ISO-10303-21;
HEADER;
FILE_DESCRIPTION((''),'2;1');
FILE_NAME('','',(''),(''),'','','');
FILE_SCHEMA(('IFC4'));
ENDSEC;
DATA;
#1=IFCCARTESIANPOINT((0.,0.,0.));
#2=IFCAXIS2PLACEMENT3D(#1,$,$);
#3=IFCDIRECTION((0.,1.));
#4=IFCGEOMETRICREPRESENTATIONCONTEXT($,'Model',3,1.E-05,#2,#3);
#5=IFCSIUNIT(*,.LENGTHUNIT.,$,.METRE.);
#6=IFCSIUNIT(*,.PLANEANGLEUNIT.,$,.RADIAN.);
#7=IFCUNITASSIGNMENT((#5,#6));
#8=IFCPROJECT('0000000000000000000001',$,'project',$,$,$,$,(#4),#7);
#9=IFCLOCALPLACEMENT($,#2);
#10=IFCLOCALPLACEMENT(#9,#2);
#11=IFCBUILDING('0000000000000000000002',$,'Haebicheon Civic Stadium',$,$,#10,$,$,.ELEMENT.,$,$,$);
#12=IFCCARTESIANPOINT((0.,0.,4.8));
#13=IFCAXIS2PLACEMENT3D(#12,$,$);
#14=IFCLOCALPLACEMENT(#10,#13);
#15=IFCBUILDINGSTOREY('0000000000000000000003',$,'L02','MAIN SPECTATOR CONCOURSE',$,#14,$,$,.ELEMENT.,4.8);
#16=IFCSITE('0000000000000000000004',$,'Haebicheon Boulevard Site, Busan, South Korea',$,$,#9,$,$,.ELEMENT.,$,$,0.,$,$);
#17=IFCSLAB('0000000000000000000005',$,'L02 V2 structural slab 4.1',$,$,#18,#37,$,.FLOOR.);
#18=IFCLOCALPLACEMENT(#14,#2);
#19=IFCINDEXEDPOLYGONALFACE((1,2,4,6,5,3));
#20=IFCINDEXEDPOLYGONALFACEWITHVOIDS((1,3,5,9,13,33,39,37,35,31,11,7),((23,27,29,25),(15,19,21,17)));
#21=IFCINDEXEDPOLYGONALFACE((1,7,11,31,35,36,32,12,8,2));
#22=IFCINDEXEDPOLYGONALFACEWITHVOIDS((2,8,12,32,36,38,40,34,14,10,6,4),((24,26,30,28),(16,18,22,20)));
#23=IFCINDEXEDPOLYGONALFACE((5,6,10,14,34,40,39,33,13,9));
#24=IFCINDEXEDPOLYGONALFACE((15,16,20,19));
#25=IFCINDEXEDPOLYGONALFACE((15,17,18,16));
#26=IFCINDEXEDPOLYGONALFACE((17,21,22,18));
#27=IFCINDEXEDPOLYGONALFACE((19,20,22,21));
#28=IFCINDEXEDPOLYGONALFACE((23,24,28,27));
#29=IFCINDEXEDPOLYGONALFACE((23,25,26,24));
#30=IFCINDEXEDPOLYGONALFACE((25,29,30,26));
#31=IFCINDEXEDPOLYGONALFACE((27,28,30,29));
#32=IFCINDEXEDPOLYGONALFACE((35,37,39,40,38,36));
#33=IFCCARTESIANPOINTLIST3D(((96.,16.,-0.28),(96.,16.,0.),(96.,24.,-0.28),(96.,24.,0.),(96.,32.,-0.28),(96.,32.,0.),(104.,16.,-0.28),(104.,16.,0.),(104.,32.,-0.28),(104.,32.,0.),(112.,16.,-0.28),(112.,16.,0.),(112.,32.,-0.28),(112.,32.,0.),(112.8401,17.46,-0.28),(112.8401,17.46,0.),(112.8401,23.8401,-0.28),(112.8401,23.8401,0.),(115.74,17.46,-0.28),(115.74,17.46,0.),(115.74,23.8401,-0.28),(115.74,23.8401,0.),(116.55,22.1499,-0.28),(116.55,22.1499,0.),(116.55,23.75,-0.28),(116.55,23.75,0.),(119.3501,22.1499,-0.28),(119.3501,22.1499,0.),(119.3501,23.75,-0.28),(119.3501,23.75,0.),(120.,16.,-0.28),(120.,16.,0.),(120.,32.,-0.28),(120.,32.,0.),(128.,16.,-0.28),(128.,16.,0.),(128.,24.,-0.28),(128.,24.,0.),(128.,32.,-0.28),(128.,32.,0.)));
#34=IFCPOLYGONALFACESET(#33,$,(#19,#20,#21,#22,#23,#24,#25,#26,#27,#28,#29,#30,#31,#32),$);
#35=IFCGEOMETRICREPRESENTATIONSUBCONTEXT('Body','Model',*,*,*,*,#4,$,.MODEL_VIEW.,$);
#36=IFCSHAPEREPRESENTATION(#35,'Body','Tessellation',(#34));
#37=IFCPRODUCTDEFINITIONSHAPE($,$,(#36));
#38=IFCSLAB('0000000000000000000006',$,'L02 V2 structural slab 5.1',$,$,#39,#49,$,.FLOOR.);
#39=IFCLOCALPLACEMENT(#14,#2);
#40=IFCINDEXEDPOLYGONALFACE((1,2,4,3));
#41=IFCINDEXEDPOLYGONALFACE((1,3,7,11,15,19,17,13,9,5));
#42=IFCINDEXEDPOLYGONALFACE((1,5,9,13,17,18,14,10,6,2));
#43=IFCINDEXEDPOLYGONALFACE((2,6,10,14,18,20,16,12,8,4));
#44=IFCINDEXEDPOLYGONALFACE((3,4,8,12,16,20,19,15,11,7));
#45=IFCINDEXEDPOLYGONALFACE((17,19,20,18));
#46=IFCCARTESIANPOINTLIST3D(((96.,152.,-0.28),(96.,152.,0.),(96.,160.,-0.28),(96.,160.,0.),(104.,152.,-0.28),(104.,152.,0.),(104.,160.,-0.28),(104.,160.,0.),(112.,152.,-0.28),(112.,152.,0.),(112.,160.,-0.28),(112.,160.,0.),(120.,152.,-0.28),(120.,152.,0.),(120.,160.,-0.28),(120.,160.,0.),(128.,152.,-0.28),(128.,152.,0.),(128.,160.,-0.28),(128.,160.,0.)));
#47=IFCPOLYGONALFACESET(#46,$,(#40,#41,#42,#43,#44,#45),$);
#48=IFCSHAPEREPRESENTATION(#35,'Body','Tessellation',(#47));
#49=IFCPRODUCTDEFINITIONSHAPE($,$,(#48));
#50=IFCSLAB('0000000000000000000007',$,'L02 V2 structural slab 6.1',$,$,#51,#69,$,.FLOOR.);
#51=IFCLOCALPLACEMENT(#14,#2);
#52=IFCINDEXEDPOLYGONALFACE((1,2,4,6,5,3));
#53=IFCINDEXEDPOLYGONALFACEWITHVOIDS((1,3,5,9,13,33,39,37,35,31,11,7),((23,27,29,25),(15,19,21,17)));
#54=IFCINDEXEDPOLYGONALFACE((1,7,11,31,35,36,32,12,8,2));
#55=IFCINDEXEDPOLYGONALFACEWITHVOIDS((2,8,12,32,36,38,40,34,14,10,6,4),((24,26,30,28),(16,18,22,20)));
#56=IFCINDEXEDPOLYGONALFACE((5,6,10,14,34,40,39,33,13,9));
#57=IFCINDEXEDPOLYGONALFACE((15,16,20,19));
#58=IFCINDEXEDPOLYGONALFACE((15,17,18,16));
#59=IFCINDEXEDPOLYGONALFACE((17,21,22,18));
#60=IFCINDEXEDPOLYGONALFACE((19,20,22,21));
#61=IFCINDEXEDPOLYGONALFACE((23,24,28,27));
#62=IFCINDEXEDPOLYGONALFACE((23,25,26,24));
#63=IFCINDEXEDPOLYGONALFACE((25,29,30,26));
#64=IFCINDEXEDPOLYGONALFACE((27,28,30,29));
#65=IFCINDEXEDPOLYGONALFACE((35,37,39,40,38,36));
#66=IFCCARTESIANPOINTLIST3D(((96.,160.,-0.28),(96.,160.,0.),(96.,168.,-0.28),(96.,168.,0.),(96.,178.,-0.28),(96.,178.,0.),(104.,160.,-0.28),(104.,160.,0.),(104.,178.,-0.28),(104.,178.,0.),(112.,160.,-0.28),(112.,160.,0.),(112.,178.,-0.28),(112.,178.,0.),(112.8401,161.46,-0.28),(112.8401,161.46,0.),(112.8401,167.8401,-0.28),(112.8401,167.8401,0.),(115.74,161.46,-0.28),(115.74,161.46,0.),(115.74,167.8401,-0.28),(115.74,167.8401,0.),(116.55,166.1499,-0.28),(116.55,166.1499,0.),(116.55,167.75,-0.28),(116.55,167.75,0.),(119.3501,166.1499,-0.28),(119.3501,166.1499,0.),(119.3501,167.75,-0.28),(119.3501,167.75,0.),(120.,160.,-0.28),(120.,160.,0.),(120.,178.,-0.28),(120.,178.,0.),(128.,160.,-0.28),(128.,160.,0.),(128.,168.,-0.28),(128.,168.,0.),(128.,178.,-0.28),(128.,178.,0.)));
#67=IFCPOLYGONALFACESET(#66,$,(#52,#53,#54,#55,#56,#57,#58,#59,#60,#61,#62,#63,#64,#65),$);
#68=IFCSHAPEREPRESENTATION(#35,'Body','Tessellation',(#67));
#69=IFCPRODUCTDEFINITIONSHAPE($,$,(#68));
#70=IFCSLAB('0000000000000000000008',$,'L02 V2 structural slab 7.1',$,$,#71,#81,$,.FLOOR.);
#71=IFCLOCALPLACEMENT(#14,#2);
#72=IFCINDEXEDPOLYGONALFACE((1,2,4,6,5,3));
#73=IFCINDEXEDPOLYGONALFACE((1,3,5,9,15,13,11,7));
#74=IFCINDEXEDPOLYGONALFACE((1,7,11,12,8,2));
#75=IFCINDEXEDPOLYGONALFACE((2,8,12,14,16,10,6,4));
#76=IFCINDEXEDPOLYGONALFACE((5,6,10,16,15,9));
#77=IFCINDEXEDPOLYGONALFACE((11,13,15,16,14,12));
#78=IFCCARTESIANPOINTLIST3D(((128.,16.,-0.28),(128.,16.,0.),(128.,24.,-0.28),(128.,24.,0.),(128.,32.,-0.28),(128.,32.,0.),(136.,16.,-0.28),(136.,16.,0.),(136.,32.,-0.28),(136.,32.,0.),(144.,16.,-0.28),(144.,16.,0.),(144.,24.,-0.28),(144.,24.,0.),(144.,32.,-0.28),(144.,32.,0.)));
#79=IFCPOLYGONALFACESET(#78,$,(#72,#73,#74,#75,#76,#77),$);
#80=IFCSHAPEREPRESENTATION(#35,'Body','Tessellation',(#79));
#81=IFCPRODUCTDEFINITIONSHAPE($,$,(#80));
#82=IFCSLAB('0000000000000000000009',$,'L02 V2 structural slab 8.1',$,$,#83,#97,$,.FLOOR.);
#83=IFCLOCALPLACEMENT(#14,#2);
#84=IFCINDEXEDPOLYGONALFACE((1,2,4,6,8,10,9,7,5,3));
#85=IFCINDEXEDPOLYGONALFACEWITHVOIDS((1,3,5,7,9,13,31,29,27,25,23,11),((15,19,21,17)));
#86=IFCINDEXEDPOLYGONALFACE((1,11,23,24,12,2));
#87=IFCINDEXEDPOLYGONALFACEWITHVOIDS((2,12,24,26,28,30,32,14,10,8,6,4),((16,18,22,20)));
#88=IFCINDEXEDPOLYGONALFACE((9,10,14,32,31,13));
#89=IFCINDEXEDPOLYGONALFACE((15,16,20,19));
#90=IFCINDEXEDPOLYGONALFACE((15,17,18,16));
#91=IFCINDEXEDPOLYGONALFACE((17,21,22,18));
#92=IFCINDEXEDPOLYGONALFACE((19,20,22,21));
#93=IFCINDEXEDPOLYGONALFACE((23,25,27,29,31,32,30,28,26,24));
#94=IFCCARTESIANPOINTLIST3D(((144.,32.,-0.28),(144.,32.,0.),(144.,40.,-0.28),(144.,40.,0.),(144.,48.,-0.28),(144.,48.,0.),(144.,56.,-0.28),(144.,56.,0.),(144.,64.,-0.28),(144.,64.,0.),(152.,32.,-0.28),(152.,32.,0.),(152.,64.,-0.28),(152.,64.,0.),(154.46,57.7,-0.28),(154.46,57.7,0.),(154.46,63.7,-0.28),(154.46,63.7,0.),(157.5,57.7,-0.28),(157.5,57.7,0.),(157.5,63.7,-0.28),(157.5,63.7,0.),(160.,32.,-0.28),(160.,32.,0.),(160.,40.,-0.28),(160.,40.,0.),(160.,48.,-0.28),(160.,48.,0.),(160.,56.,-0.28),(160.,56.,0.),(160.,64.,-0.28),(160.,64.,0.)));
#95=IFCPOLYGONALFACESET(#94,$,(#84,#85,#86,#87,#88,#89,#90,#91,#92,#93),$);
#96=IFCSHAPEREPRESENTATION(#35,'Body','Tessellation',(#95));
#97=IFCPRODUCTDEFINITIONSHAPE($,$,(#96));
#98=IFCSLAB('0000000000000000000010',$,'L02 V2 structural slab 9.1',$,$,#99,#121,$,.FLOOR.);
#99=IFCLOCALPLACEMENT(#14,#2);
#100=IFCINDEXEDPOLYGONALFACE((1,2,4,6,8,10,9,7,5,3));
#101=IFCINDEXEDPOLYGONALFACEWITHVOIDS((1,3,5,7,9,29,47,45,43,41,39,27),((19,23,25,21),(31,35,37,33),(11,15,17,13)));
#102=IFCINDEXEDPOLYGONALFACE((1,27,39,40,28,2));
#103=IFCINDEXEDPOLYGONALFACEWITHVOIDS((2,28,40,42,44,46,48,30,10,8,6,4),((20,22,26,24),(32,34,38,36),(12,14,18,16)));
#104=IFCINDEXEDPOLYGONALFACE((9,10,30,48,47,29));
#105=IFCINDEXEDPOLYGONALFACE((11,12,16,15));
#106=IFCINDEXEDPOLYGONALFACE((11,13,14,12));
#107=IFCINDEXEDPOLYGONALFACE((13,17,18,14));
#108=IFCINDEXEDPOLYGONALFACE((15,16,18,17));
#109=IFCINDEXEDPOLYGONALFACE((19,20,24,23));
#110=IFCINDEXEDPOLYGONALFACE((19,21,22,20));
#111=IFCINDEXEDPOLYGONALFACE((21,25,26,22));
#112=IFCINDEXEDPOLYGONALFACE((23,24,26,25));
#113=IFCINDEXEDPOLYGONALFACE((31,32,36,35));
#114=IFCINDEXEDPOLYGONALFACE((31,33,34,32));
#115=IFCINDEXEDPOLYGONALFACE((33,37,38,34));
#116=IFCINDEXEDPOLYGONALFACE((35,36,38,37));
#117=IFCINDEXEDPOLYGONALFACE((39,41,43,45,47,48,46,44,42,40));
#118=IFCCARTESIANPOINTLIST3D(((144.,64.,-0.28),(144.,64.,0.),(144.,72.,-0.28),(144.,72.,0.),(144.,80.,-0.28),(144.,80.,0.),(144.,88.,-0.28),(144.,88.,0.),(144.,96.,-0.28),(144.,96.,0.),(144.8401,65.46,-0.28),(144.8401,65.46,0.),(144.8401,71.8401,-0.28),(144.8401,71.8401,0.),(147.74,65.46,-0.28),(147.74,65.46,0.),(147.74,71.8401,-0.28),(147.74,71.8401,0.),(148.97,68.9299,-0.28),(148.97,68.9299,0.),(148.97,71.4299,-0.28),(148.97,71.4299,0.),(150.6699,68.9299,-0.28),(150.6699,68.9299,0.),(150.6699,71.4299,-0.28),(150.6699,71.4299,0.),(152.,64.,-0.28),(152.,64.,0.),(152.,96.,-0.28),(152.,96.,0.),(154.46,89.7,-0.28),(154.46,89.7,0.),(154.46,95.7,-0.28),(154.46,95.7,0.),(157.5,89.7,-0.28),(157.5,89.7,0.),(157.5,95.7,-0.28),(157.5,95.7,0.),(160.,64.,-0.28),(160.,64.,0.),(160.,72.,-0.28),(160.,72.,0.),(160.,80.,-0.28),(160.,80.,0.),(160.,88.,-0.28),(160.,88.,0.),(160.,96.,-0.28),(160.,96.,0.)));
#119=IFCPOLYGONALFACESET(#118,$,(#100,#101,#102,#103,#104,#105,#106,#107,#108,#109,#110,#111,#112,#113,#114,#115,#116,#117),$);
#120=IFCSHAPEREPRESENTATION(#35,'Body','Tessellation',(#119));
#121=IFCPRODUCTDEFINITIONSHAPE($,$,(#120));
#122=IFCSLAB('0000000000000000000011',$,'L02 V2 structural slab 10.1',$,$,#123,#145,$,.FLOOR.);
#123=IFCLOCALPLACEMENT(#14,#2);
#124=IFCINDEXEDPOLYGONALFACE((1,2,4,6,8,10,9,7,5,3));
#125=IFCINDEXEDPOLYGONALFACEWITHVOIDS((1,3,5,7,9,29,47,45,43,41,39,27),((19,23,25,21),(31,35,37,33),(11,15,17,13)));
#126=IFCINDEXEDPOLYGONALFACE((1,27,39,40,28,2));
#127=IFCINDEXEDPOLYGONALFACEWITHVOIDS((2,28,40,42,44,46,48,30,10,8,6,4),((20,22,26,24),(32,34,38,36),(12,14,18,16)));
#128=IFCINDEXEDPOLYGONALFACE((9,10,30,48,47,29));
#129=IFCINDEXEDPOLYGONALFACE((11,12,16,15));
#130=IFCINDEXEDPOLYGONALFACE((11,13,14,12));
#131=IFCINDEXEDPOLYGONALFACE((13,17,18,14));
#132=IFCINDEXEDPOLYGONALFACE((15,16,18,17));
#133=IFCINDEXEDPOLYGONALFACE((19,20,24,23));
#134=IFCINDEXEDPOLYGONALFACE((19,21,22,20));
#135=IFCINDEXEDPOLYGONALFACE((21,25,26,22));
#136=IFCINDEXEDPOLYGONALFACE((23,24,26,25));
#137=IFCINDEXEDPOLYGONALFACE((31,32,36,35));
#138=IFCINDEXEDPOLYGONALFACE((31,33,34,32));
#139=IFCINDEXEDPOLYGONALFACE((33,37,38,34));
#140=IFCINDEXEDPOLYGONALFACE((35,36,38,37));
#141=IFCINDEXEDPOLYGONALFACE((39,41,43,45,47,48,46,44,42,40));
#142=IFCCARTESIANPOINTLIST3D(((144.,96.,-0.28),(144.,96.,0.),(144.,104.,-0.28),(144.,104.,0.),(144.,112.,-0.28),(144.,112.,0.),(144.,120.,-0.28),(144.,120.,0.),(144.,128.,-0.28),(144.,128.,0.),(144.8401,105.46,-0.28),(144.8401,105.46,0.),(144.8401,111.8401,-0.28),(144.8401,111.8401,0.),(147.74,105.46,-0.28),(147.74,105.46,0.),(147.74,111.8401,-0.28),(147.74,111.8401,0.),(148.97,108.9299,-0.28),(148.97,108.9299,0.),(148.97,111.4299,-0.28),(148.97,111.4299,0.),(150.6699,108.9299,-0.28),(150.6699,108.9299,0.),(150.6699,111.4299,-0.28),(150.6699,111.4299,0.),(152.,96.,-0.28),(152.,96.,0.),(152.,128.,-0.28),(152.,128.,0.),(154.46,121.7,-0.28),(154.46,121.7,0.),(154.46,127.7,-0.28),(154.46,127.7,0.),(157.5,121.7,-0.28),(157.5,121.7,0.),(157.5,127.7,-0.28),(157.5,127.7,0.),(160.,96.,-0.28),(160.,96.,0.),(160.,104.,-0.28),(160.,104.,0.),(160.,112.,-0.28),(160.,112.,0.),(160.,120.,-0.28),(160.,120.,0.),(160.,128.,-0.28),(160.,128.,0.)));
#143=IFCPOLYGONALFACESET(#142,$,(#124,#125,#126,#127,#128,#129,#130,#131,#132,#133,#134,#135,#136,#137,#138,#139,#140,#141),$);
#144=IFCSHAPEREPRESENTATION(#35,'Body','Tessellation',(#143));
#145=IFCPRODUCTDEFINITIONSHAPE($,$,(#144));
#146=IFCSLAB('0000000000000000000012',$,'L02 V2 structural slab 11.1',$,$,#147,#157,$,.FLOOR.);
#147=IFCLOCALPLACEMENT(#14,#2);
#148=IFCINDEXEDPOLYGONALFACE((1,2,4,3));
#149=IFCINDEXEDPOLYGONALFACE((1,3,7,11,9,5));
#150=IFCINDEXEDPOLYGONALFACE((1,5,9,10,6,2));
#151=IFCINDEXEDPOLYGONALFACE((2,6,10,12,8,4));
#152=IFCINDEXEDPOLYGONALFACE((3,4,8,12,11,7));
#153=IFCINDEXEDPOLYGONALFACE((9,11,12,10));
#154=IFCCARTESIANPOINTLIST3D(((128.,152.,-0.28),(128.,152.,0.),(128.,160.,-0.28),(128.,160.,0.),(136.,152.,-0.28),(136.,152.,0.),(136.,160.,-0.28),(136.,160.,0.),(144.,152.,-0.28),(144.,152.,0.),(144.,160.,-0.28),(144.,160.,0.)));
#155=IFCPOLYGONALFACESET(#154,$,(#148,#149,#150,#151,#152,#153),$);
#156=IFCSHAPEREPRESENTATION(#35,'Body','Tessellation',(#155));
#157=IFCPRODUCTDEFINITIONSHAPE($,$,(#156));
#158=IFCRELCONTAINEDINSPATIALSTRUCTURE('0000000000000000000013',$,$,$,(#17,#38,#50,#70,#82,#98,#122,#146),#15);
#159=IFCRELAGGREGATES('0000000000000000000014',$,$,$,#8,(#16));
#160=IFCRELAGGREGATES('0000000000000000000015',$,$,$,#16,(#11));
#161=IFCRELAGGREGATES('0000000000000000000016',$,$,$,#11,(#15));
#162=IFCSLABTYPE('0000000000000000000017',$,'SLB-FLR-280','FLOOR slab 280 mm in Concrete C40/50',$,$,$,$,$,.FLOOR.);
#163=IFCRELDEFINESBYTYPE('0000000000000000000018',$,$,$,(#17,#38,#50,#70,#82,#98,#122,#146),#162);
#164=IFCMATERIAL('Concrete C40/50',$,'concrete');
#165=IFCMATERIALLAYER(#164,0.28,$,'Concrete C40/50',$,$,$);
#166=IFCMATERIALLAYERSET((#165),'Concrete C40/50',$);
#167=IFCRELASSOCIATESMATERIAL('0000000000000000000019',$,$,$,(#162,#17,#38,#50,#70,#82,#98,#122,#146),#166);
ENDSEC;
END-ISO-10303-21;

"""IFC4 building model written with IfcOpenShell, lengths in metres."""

from ifc_helpers import new_model, si_unit, direction, frame, origin, place, context, subcontext, project, spatial, polyline, outline, extrude, material, layer, layer_set, type_object, element, save


model = new_model("IFC4")

# Units and contexts
model_context = context("Model", 3, precision=1e-05, world=origin(), true_north=direction((0.0, 1.0)))
body_context = subcontext(model_context, "Body", "Model", "MODEL_VIEW")
ifc_project = project(units=[si_unit("LENGTHUNIT", "METRE"), si_unit("PLANEANGLEUNIT", "RADIAN")], contexts=[model_context])

# Site, building, storey
site_placement = place(None, origin())
site = spatial("IfcSite", under=ifc_project, at=site_placement, Name="Haebicheon Boulevard Site, Busan, South Korea", CompositionType="ELEMENT", RefElevation=0.0)
building_placement = place(site_placement, origin())
building = spatial("IfcBuilding", under=site, at=building_placement, Name="Haebicheon Civic Stadium", CompositionType="ELEMENT")
storey_placement = place(building_placement, frame((0.0, 0.0, 4.8)))
storey = spatial("IfcBuildingStorey", under=building, at=storey_placement, Name="L02", Description="MAIN SPECTATOR CONCOURSE", CompositionType="ELEMENT", Elevation=4.8)

# Slabs
ifc_material_1 = material(Name="Concrete C40/50", Category="concrete")
ifc_layer_1 = layer(ifc_material_1, 0.28, Name="Concrete C40/50")
ifc_layer_set_1 = layer_set([ifc_layer_1], Name="Concrete C40/50")
slab_type_1 = type_object("IfcSlabType", Name="SLB-FLR-280", Description="FLOOR slab 280 mm in Concrete C40/50", PredefinedType="FLOOR", material=ifc_layer_set_1)
slab_1_placement = place(storey_placement, frame((0.0, 0.0, -0.28)))
element("IfcSlab", 1, at=slab_1_placement, inside=storey, type_object=slab_type_1, material=ifc_layer_set_1, Name="L02 V2 structural slab 4.1", PredefinedType="FLOOR", context=body_context, shape_type="SweptSolid", body=[
    extrude(outline(polyline([(128.0, 16.0), (120.0, 16.0), (112.0, 16.0), (104.0, 16.0), (96.0, 16.0), (96.0, 24.0), (96.0, 32.0), (104.0, 32.0), (112.0, 32.0), (120.0, 32.0), (128.0, 32.0), (128.0, 24.0), (128.0, 16.0)]), holes=[polyline([(112.8401, 17.46), (115.74, 17.46), (115.74, 23.8401), (112.8401, 23.8401), (112.8401, 17.46)]), polyline([(116.55, 22.1499), (119.3501, 22.1499), (119.3501, 23.75), (116.55, 23.75), (116.55, 22.1499)])]), origin(), (0.0, 0.0, 1.0), 0.28),
])
slab_2_placement = place(storey_placement, frame((0.0, 0.0, -0.28)))
element("IfcSlab", 2, at=slab_2_placement, inside=storey, type_object=slab_type_1, material=ifc_layer_set_1, Name="L02 V2 structural slab 5.1", PredefinedType="FLOOR", context=body_context, shape_type="SweptSolid", body=[
    extrude(outline(polyline([(96.0, 160.0), (104.0, 160.0), (112.0, 160.0), (120.0, 160.0), (128.0, 160.0), (128.0, 152.0), (120.0, 152.0), (112.0, 152.0), (104.0, 152.0), (96.0, 152.0), (96.0, 160.0)])), origin(), (0.0, 0.0, 1.0), 0.28),
])
slab_3_placement = place(storey_placement, frame((0.0, 0.0, -0.28)))
element("IfcSlab", 3, at=slab_3_placement, inside=storey, type_object=slab_type_1, material=ifc_layer_set_1, Name="L02 V2 structural slab 6.1", PredefinedType="FLOOR", context=body_context, shape_type="SweptSolid", body=[
    extrude(outline(polyline([(128.0, 160.0), (120.0, 160.0), (112.0, 160.0), (104.0, 160.0), (96.0, 160.0), (96.0, 168.0), (96.0, 178.0), (104.0, 178.0), (112.0, 178.0), (120.0, 178.0), (128.0, 178.0), (128.0, 168.0), (128.0, 160.0)]), holes=[polyline([(112.8401, 161.46), (115.74, 161.46), (115.74, 167.8401), (112.8401, 167.8401), (112.8401, 161.46)]), polyline([(116.55, 166.1499), (119.3501, 166.1499), (119.3501, 167.75), (116.55, 167.75), (116.55, 166.1499)])]), origin(), (0.0, 0.0, 1.0), 0.28),
])
slab_4_placement = place(storey_placement, frame((0.0, 0.0, -0.28)))
element("IfcSlab", 4, at=slab_4_placement, inside=storey, type_object=slab_type_1, material=ifc_layer_set_1, Name="L02 V2 structural slab 7.1", PredefinedType="FLOOR", context=body_context, shape_type="SweptSolid", body=[
    extrude(outline(polyline([(128.0, 24.0), (128.0, 32.0), (136.0, 32.0), (144.0, 32.0), (144.0, 24.0), (144.0, 16.0), (136.0, 16.0), (128.0, 16.0), (128.0, 24.0)])), origin(), (0.0, 0.0, 1.0), 0.28),
])
slab_5_placement = place(storey_placement, frame((0.0, 0.0, -0.28)))
element("IfcSlab", 5, at=slab_5_placement, inside=storey, type_object=slab_type_1, material=ifc_layer_set_1, Name="L02 V2 structural slab 8.1", PredefinedType="FLOOR", context=body_context, shape_type="SweptSolid", body=[
    extrude(outline(polyline([(144.0, 48.0), (144.0, 56.0), (144.0, 64.0), (152.0, 64.0), (160.0, 64.0), (160.0, 56.0), (160.0, 48.0), (160.0, 40.0), (160.0, 32.0), (152.0, 32.0), (144.0, 32.0), (144.0, 40.0), (144.0, 48.0)]), holes=[polyline([(154.46, 57.7), (157.5, 57.7), (157.5, 63.7), (154.46, 63.7), (154.46, 57.7)])]), origin(), (0.0, 0.0, 1.0), 0.28),
])
slab_6_placement = place(storey_placement, frame((0.0, 0.0, -0.28)))
element("IfcSlab", 6, at=slab_6_placement, inside=storey, type_object=slab_type_1, material=ifc_layer_set_1, Name="L02 V2 structural slab 9.1", PredefinedType="FLOOR", context=body_context, shape_type="SweptSolid", body=[
    extrude(outline(polyline([(144.0, 80.0), (144.0, 88.0), (144.0, 96.0), (152.0, 96.0), (160.0, 96.0), (160.0, 88.0), (160.0, 80.0), (160.0, 72.0), (160.0, 64.0), (152.0, 64.0), (144.0, 64.0), (144.0, 72.0), (144.0, 80.0)]), holes=[polyline([(144.8401, 65.46), (147.74, 65.46), (147.74, 71.8401), (144.8401, 71.8401), (144.8401, 65.46)]), polyline([(148.97, 68.9299), (150.6699, 68.9299), (150.6699, 71.4299), (148.97, 71.4299), (148.97, 68.9299)]), polyline([(154.46, 89.7), (157.5, 89.7), (157.5, 95.7), (154.46, 95.7), (154.46, 89.7)])]), origin(), (0.0, 0.0, 1.0), 0.28),
])
slab_7_placement = place(storey_placement, frame((0.0, 0.0, -0.28)))
element("IfcSlab", 7, at=slab_7_placement, inside=storey, type_object=slab_type_1, material=ifc_layer_set_1, Name="L02 V2 structural slab 10.1", PredefinedType="FLOOR", context=body_context, shape_type="SweptSolid", body=[
    extrude(outline(polyline([(144.0, 112.0), (144.0, 120.0), (144.0, 128.0), (152.0, 128.0), (160.0, 128.0), (160.0, 120.0), (160.0, 112.0), (160.0, 104.0), (160.0, 96.0), (152.0, 96.0), (144.0, 96.0), (144.0, 104.0), (144.0, 112.0)]), holes=[polyline([(144.8401, 105.46), (147.74, 105.46), (147.74, 111.8401), (144.8401, 111.8401), (144.8401, 105.46)]), polyline([(148.97, 108.9299), (150.6699, 108.9299), (150.6699, 111.4299), (148.97, 111.4299), (148.97, 108.9299)]), polyline([(154.46, 121.7), (157.5, 121.7), (157.5, 127.7), (154.46, 127.7), (154.46, 121.7)])]), origin(), (0.0, 0.0, 1.0), 0.28),
])
slab_8_placement = place(storey_placement, frame((0.0, 0.0, -0.28)))
element("IfcSlab", 8, at=slab_8_placement, inside=storey, type_object=slab_type_1, material=ifc_layer_set_1, Name="L02 V2 structural slab 11.1", PredefinedType="FLOOR", context=body_context, shape_type="SweptSolid", body=[
    extrude(outline(polyline([(136.0, 160.0), (144.0, 160.0), (144.0, 152.0), (136.0, 152.0), (128.0, 152.0), (128.0, 160.0), (136.0, 160.0)])), origin(), (0.0, 0.0, 1.0), 0.28),
])

save(model, "model.ifc")
